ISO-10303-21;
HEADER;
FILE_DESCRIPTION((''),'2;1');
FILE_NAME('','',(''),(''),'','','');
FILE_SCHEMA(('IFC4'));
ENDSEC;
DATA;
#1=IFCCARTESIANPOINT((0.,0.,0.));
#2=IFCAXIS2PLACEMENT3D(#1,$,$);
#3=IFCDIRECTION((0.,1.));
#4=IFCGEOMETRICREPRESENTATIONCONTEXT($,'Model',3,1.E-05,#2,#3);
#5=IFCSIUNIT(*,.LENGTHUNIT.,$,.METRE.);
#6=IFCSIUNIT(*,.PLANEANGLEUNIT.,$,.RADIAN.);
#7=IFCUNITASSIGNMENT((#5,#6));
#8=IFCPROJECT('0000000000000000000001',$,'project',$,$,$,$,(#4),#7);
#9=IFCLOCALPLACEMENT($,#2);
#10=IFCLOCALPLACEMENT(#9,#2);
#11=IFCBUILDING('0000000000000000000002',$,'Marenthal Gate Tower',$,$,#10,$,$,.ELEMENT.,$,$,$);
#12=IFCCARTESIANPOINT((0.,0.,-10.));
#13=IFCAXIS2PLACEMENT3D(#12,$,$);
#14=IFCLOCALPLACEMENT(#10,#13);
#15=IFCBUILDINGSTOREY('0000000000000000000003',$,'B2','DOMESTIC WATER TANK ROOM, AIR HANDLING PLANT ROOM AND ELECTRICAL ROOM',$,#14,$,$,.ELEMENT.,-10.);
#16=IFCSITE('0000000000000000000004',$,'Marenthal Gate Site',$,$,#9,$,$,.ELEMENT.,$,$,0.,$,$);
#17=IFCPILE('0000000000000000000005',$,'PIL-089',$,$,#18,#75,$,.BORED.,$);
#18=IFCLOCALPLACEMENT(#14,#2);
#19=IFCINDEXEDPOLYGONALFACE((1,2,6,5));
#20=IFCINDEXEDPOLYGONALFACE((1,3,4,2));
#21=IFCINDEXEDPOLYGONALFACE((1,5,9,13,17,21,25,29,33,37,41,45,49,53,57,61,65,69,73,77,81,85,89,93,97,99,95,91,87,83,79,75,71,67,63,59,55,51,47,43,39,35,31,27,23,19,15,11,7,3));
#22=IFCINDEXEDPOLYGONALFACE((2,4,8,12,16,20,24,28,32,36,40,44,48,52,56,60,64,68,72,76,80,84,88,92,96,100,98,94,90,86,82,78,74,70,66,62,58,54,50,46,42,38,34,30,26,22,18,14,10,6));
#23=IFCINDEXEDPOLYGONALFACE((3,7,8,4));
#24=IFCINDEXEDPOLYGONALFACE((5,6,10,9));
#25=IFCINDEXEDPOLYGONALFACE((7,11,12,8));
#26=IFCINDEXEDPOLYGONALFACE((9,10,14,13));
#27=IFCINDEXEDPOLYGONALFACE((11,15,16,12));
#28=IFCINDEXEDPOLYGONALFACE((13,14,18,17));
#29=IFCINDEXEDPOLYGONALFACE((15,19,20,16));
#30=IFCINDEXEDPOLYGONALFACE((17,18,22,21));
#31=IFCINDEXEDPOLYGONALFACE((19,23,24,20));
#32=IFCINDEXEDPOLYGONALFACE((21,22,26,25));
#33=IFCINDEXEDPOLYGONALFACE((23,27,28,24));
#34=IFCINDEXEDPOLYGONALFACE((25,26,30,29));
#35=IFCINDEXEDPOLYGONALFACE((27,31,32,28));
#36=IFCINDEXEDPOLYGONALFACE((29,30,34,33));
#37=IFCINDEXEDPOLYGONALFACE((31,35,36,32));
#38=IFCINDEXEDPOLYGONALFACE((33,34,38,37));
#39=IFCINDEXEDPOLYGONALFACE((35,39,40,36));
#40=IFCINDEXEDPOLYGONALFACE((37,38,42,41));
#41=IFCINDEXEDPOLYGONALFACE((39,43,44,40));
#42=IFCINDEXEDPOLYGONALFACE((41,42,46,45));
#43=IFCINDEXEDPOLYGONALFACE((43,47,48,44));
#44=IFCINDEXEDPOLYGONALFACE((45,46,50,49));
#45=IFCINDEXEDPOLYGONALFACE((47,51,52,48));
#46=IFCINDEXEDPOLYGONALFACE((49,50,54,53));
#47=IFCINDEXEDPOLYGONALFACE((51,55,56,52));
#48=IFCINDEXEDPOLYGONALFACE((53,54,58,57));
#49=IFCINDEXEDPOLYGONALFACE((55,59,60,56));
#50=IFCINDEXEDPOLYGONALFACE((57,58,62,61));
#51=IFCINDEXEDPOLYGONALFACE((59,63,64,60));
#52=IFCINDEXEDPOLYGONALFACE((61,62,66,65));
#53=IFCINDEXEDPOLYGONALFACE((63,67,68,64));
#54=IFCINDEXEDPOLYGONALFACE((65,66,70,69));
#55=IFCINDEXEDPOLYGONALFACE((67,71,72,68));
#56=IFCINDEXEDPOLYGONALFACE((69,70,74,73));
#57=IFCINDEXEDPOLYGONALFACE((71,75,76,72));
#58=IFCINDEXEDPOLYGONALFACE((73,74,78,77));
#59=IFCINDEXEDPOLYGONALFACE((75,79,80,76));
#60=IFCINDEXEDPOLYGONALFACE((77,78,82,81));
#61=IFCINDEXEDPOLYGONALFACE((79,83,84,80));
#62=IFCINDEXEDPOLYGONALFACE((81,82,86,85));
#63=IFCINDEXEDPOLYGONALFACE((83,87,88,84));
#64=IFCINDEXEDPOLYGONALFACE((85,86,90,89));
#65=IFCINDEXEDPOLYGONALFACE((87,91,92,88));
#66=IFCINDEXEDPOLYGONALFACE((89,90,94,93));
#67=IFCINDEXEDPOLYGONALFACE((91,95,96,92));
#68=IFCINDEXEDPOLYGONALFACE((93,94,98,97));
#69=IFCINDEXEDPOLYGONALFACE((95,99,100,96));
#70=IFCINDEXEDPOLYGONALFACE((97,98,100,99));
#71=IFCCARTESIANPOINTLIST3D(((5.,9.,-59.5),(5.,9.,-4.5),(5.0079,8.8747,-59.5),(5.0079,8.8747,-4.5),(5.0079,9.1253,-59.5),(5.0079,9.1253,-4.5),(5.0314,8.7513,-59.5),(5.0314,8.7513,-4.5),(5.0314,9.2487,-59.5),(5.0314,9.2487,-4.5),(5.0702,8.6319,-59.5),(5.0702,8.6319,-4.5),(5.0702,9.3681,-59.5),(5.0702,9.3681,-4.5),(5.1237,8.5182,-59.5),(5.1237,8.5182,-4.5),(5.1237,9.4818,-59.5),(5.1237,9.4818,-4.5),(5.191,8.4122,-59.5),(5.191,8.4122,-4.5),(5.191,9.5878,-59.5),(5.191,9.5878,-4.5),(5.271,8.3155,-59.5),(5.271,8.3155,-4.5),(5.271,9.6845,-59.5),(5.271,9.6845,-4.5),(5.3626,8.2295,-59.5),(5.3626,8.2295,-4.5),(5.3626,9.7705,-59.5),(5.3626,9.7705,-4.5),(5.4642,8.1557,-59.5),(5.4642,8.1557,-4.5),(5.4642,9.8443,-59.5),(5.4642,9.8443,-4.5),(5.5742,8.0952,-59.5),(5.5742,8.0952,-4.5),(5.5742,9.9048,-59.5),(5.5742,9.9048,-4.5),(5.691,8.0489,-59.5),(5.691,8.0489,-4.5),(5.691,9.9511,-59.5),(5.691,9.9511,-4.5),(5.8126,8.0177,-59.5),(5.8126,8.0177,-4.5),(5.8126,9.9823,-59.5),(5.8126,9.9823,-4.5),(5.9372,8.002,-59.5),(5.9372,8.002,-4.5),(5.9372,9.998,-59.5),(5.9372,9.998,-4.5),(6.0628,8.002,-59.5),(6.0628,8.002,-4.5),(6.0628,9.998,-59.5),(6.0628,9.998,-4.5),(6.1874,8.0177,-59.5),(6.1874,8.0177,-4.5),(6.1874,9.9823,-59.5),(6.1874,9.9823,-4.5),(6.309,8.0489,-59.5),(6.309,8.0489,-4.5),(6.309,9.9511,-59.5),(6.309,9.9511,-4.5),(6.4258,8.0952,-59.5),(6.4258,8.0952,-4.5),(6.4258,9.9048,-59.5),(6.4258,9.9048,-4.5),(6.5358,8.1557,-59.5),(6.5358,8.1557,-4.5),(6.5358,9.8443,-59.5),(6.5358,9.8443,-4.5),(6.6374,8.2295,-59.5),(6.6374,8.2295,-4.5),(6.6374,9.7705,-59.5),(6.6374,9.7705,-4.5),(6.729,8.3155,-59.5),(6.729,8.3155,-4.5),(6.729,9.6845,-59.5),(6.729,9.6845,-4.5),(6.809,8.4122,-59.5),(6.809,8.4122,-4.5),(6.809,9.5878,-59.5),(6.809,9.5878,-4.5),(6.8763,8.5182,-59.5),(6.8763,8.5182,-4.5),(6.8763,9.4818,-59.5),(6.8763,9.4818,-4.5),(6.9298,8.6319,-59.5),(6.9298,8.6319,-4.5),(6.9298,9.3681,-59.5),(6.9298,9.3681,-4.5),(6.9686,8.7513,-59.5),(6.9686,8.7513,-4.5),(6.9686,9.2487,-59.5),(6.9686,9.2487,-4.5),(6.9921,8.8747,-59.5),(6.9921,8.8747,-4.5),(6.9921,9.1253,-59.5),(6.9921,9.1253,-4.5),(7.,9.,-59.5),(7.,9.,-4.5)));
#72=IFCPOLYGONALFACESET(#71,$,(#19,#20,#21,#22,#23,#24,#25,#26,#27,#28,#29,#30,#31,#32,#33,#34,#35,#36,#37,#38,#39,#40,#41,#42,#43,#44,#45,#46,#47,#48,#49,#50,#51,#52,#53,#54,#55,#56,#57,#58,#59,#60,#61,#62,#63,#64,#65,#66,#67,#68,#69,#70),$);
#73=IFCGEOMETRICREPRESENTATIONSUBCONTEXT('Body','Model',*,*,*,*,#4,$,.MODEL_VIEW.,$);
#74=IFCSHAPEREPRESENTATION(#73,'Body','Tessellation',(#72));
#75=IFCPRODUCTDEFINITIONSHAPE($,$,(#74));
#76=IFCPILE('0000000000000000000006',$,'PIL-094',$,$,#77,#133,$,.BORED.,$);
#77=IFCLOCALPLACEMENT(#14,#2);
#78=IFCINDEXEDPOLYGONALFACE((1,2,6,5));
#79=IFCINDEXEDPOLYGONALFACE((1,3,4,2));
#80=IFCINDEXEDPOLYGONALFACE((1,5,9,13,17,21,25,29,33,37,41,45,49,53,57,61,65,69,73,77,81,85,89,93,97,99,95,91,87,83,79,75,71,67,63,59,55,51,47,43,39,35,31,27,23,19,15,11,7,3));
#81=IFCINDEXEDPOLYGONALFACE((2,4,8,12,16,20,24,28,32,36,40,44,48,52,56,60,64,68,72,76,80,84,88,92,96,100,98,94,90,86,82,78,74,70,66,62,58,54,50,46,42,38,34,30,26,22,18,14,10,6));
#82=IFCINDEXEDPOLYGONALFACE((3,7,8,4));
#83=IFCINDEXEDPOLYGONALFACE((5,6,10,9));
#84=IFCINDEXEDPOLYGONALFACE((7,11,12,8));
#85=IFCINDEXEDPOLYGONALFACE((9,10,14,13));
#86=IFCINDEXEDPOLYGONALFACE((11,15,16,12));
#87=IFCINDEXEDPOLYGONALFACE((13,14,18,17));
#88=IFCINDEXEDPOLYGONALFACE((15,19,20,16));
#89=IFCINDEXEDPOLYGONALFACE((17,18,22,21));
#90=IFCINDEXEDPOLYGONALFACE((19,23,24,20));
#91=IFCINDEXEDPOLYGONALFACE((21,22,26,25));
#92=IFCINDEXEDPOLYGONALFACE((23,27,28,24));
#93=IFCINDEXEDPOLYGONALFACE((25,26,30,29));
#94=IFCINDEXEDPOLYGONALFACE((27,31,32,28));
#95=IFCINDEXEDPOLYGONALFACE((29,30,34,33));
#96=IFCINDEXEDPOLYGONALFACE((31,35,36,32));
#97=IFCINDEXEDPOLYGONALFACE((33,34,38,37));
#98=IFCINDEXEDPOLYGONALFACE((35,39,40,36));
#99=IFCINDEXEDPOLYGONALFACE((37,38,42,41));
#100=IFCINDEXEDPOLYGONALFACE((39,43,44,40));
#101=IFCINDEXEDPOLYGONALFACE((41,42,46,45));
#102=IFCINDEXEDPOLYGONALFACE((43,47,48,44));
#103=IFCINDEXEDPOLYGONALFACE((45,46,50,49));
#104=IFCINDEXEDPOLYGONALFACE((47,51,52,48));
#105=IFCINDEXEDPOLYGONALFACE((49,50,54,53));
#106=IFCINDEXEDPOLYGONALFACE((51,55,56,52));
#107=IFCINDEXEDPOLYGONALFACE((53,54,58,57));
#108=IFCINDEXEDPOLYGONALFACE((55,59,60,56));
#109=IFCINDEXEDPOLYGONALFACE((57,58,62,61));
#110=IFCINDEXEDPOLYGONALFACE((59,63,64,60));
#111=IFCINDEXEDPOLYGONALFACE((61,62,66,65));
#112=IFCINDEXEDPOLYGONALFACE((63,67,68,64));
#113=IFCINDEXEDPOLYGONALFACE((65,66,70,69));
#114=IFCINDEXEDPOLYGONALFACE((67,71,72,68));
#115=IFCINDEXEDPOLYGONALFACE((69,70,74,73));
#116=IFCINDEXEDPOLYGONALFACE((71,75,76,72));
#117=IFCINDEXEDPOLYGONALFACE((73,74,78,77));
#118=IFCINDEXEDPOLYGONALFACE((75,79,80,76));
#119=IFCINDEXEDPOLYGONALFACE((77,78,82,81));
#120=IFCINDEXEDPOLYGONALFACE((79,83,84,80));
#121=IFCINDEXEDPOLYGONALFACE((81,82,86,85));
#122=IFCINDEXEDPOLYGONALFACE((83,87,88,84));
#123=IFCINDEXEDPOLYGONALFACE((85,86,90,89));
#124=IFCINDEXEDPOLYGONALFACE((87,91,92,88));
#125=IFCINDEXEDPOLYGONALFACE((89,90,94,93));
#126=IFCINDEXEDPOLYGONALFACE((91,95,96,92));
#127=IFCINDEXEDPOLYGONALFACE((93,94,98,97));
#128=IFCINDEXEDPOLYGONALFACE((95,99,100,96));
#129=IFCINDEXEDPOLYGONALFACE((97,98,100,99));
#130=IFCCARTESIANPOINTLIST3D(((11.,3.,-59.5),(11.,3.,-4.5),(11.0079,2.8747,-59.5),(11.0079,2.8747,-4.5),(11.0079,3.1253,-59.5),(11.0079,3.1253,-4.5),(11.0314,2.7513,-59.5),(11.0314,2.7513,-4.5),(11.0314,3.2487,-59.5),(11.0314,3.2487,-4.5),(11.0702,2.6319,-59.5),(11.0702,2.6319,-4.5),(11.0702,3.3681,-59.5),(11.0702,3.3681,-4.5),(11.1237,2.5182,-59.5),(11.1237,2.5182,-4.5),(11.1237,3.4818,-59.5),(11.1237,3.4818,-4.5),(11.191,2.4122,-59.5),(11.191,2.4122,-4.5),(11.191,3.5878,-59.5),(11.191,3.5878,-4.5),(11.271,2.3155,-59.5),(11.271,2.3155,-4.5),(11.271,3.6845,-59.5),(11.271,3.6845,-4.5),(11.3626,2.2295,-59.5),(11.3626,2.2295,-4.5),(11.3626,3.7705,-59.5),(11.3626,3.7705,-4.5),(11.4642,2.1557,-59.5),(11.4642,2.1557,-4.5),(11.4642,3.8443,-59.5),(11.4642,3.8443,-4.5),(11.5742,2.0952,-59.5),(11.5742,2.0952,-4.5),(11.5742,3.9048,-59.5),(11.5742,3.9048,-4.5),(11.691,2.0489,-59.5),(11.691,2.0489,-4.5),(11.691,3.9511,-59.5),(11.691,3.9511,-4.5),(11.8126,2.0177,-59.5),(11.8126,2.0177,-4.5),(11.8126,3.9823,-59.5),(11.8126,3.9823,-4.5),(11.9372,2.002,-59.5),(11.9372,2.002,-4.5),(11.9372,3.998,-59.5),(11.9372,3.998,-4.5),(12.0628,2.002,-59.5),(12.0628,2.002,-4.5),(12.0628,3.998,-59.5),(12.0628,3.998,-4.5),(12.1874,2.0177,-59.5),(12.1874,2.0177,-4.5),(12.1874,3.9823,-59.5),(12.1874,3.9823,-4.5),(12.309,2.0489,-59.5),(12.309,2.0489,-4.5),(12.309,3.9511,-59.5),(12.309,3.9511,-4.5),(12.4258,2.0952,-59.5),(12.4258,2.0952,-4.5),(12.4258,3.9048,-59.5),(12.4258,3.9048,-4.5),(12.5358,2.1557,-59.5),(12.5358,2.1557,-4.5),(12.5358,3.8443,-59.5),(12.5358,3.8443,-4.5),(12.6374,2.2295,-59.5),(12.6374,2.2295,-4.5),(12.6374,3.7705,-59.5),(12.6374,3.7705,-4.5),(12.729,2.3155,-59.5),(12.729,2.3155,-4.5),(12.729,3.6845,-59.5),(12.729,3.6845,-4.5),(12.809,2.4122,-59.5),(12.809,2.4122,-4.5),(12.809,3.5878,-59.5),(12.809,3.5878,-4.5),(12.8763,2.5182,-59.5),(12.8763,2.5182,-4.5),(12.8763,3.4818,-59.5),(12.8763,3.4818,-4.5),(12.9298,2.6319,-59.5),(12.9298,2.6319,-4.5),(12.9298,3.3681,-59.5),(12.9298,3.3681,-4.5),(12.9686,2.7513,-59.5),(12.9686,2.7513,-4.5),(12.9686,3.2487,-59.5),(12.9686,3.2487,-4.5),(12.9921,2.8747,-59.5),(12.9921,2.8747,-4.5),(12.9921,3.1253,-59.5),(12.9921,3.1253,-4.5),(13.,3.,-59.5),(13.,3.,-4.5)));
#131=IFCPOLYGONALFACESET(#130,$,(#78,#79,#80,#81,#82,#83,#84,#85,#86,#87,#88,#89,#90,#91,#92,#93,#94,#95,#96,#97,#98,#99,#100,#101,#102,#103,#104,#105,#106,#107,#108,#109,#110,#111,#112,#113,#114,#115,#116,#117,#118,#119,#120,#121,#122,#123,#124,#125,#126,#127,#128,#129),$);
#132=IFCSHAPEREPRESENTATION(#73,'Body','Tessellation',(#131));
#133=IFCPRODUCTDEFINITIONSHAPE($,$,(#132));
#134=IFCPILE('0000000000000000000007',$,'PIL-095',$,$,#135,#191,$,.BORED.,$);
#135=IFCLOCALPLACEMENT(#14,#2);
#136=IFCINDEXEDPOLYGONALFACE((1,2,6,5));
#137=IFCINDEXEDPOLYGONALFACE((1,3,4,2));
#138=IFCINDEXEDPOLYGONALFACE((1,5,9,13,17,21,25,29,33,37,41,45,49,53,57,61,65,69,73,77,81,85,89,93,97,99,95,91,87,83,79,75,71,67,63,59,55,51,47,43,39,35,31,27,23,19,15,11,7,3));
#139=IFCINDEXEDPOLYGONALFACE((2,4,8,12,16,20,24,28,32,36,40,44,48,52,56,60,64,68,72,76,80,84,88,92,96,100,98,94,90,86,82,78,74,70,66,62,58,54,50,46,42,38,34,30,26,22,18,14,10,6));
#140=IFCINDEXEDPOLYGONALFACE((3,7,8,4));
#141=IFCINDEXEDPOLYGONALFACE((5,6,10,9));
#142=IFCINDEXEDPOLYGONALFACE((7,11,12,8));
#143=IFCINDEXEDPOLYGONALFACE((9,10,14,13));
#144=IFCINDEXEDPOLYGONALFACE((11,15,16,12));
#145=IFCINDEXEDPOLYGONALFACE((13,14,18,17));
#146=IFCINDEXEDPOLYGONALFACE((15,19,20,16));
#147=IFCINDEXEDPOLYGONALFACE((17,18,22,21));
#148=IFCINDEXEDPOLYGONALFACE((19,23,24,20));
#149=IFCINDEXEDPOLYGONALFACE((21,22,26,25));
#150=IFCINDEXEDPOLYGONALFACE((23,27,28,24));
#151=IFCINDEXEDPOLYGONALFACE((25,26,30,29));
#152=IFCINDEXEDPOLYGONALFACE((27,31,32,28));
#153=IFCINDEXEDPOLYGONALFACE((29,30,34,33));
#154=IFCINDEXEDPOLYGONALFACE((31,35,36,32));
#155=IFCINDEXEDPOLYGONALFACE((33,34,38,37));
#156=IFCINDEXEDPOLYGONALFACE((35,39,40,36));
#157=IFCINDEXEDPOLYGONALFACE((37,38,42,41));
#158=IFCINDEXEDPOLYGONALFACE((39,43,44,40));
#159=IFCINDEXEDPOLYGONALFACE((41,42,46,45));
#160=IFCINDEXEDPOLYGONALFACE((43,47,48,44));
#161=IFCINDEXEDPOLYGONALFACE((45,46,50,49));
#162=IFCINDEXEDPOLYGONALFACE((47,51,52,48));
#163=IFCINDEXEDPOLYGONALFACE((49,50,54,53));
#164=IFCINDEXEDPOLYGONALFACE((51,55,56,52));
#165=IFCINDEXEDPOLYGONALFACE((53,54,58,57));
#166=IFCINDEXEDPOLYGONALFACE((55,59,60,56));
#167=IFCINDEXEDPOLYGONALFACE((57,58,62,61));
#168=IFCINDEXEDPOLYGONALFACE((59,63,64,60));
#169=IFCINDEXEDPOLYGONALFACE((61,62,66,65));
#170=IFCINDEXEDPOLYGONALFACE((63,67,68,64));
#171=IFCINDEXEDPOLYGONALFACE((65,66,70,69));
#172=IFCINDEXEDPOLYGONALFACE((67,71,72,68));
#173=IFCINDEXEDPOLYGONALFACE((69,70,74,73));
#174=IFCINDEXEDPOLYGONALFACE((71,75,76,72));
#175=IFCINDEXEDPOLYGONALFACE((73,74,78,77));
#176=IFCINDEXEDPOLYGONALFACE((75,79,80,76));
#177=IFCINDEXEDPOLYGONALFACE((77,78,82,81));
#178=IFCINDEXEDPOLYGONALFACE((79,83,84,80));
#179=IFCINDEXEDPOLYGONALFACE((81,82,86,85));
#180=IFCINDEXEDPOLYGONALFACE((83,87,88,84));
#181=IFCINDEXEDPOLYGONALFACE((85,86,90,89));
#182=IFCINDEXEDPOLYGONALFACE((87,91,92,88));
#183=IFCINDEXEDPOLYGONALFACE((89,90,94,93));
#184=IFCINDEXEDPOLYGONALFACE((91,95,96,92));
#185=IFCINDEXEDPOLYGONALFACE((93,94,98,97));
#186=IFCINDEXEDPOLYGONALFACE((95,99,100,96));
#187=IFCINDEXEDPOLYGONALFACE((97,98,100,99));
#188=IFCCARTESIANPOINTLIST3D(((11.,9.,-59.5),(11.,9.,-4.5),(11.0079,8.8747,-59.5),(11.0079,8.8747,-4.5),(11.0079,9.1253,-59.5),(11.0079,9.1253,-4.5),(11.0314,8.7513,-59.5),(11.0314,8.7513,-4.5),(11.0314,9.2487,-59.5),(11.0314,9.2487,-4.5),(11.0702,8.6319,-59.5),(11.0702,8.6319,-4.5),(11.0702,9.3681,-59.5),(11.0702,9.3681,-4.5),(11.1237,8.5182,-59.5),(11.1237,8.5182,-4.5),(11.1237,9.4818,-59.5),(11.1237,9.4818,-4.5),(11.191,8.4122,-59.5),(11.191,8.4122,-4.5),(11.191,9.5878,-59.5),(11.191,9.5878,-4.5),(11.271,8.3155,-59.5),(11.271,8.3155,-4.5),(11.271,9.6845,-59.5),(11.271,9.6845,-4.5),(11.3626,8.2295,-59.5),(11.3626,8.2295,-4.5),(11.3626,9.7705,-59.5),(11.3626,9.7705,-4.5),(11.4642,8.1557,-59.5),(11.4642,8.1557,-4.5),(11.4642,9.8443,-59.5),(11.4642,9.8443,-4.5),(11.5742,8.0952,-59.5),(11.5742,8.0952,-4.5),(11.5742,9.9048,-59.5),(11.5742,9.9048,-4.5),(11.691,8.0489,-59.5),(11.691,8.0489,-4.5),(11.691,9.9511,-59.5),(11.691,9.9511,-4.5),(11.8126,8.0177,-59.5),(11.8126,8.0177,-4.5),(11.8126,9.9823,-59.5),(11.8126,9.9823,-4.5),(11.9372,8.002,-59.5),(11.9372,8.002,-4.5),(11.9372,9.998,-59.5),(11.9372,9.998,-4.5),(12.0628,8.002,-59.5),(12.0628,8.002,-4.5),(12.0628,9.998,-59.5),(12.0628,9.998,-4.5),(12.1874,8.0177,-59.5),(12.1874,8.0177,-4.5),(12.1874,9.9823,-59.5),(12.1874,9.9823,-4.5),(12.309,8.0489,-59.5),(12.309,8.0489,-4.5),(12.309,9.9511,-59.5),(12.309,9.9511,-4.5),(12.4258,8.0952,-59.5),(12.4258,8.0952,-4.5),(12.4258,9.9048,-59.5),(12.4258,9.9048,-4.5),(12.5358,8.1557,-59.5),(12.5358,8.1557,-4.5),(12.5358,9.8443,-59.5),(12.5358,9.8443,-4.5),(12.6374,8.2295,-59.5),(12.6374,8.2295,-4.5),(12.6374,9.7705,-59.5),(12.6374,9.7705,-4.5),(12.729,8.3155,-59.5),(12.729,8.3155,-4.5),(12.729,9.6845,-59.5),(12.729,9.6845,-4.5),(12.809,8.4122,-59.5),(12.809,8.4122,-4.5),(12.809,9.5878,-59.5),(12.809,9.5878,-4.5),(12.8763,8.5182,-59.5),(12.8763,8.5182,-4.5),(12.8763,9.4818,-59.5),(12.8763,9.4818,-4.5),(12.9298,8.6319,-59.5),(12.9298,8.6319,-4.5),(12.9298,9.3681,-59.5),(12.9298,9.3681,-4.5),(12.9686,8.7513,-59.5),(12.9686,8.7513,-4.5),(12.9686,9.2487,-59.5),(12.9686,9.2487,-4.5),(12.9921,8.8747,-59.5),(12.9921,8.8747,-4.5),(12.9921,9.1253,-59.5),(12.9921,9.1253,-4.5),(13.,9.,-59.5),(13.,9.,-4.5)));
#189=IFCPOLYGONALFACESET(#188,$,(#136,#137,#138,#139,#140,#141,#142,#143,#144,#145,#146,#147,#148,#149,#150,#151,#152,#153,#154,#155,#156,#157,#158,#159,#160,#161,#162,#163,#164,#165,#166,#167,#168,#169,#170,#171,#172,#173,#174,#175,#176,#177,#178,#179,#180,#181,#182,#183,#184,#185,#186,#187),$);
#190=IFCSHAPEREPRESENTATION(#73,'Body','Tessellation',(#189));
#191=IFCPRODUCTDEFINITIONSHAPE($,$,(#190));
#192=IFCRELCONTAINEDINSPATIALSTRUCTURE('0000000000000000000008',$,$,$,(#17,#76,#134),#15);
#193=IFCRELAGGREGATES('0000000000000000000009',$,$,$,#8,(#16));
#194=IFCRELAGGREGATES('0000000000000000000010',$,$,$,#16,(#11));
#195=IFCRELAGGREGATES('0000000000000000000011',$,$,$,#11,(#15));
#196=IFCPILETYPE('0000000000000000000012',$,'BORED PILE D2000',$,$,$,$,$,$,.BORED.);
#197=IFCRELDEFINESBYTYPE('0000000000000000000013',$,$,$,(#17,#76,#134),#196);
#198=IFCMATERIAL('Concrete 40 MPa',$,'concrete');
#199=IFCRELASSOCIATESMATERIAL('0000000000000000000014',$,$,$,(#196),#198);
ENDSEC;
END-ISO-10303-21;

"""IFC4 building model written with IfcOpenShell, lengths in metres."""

from ifc_helpers import new_model, si_unit, direction, frame, origin, origin_2d, place, context, subcontext, project, spatial, circle, extrude, material, type_object, element, save


model = new_model("IFC4")

# Units and contexts
model_context = context("Model", 3, precision=1e-05, world=origin(), true_north=direction((0.0, 1.0)))
body_context = subcontext(model_context, "Body", "Model", "MODEL_VIEW")
ifc_project = project(units=[si_unit("LENGTHUNIT", "METRE"), si_unit("PLANEANGLEUNIT", "RADIAN")], contexts=[model_context])

# Site, building, storey
site_placement = place(None, origin())
site = spatial("IfcSite", under=ifc_project, at=site_placement, Name="Marenthal Gate Site", CompositionType="ELEMENT", RefElevation=0.0)
building_placement = place(site_placement, origin())
building = spatial("IfcBuilding", under=site, at=building_placement, Name="Marenthal Gate Tower", CompositionType="ELEMENT")
storey_placement = place(building_placement, frame((0.0, 0.0, -10.0)))
storey = spatial("IfcBuildingStorey", under=building, at=storey_placement, Name="B2", Description="DOMESTIC WATER TANK ROOM, AIR HANDLING PLANT ROOM AND ELECTRICAL ROOM", CompositionType="ELEMENT", Elevation=-10.0)

# Piles
ifc_material_1 = material(Name="Concrete 40 MPa", Category="concrete")
pile_type = type_object("IfcPileType", Name="BORED PILE D2000", PredefinedType="BORED", material=ifc_material_1)
for number, where, z_axis, x_axis, name in (
    (1, (6.0, 9.0, -4.5), (0.0, 0.0, -1.0), (1.0, 0.0, 0.0), "PIL-089"),
    (2, (12.0, 3.0, -4.5), (0.0, 0.0, -1.0), (1.0, 0.0, 0.0), "PIL-094"),
    (3, (12.0, 9.0, -4.5), (0.0, 0.0, -1.0), (1.0, 0.0, 0.0), "PIL-095"),
):
    element("IfcPile", number, at=place(storey_placement, frame(where, z_axis=z_axis, x_axis=x_axis)), inside=storey, type_object=pile_type, Name=name, PredefinedType="BORED", context=body_context, shape_type="SweptSolid", body=[
        extrude(circle(Radius=1.0, at=origin_2d()), origin(), (0.0, 0.0, 1.0), 55.0),
    ])

save(model, "model.ifc")
